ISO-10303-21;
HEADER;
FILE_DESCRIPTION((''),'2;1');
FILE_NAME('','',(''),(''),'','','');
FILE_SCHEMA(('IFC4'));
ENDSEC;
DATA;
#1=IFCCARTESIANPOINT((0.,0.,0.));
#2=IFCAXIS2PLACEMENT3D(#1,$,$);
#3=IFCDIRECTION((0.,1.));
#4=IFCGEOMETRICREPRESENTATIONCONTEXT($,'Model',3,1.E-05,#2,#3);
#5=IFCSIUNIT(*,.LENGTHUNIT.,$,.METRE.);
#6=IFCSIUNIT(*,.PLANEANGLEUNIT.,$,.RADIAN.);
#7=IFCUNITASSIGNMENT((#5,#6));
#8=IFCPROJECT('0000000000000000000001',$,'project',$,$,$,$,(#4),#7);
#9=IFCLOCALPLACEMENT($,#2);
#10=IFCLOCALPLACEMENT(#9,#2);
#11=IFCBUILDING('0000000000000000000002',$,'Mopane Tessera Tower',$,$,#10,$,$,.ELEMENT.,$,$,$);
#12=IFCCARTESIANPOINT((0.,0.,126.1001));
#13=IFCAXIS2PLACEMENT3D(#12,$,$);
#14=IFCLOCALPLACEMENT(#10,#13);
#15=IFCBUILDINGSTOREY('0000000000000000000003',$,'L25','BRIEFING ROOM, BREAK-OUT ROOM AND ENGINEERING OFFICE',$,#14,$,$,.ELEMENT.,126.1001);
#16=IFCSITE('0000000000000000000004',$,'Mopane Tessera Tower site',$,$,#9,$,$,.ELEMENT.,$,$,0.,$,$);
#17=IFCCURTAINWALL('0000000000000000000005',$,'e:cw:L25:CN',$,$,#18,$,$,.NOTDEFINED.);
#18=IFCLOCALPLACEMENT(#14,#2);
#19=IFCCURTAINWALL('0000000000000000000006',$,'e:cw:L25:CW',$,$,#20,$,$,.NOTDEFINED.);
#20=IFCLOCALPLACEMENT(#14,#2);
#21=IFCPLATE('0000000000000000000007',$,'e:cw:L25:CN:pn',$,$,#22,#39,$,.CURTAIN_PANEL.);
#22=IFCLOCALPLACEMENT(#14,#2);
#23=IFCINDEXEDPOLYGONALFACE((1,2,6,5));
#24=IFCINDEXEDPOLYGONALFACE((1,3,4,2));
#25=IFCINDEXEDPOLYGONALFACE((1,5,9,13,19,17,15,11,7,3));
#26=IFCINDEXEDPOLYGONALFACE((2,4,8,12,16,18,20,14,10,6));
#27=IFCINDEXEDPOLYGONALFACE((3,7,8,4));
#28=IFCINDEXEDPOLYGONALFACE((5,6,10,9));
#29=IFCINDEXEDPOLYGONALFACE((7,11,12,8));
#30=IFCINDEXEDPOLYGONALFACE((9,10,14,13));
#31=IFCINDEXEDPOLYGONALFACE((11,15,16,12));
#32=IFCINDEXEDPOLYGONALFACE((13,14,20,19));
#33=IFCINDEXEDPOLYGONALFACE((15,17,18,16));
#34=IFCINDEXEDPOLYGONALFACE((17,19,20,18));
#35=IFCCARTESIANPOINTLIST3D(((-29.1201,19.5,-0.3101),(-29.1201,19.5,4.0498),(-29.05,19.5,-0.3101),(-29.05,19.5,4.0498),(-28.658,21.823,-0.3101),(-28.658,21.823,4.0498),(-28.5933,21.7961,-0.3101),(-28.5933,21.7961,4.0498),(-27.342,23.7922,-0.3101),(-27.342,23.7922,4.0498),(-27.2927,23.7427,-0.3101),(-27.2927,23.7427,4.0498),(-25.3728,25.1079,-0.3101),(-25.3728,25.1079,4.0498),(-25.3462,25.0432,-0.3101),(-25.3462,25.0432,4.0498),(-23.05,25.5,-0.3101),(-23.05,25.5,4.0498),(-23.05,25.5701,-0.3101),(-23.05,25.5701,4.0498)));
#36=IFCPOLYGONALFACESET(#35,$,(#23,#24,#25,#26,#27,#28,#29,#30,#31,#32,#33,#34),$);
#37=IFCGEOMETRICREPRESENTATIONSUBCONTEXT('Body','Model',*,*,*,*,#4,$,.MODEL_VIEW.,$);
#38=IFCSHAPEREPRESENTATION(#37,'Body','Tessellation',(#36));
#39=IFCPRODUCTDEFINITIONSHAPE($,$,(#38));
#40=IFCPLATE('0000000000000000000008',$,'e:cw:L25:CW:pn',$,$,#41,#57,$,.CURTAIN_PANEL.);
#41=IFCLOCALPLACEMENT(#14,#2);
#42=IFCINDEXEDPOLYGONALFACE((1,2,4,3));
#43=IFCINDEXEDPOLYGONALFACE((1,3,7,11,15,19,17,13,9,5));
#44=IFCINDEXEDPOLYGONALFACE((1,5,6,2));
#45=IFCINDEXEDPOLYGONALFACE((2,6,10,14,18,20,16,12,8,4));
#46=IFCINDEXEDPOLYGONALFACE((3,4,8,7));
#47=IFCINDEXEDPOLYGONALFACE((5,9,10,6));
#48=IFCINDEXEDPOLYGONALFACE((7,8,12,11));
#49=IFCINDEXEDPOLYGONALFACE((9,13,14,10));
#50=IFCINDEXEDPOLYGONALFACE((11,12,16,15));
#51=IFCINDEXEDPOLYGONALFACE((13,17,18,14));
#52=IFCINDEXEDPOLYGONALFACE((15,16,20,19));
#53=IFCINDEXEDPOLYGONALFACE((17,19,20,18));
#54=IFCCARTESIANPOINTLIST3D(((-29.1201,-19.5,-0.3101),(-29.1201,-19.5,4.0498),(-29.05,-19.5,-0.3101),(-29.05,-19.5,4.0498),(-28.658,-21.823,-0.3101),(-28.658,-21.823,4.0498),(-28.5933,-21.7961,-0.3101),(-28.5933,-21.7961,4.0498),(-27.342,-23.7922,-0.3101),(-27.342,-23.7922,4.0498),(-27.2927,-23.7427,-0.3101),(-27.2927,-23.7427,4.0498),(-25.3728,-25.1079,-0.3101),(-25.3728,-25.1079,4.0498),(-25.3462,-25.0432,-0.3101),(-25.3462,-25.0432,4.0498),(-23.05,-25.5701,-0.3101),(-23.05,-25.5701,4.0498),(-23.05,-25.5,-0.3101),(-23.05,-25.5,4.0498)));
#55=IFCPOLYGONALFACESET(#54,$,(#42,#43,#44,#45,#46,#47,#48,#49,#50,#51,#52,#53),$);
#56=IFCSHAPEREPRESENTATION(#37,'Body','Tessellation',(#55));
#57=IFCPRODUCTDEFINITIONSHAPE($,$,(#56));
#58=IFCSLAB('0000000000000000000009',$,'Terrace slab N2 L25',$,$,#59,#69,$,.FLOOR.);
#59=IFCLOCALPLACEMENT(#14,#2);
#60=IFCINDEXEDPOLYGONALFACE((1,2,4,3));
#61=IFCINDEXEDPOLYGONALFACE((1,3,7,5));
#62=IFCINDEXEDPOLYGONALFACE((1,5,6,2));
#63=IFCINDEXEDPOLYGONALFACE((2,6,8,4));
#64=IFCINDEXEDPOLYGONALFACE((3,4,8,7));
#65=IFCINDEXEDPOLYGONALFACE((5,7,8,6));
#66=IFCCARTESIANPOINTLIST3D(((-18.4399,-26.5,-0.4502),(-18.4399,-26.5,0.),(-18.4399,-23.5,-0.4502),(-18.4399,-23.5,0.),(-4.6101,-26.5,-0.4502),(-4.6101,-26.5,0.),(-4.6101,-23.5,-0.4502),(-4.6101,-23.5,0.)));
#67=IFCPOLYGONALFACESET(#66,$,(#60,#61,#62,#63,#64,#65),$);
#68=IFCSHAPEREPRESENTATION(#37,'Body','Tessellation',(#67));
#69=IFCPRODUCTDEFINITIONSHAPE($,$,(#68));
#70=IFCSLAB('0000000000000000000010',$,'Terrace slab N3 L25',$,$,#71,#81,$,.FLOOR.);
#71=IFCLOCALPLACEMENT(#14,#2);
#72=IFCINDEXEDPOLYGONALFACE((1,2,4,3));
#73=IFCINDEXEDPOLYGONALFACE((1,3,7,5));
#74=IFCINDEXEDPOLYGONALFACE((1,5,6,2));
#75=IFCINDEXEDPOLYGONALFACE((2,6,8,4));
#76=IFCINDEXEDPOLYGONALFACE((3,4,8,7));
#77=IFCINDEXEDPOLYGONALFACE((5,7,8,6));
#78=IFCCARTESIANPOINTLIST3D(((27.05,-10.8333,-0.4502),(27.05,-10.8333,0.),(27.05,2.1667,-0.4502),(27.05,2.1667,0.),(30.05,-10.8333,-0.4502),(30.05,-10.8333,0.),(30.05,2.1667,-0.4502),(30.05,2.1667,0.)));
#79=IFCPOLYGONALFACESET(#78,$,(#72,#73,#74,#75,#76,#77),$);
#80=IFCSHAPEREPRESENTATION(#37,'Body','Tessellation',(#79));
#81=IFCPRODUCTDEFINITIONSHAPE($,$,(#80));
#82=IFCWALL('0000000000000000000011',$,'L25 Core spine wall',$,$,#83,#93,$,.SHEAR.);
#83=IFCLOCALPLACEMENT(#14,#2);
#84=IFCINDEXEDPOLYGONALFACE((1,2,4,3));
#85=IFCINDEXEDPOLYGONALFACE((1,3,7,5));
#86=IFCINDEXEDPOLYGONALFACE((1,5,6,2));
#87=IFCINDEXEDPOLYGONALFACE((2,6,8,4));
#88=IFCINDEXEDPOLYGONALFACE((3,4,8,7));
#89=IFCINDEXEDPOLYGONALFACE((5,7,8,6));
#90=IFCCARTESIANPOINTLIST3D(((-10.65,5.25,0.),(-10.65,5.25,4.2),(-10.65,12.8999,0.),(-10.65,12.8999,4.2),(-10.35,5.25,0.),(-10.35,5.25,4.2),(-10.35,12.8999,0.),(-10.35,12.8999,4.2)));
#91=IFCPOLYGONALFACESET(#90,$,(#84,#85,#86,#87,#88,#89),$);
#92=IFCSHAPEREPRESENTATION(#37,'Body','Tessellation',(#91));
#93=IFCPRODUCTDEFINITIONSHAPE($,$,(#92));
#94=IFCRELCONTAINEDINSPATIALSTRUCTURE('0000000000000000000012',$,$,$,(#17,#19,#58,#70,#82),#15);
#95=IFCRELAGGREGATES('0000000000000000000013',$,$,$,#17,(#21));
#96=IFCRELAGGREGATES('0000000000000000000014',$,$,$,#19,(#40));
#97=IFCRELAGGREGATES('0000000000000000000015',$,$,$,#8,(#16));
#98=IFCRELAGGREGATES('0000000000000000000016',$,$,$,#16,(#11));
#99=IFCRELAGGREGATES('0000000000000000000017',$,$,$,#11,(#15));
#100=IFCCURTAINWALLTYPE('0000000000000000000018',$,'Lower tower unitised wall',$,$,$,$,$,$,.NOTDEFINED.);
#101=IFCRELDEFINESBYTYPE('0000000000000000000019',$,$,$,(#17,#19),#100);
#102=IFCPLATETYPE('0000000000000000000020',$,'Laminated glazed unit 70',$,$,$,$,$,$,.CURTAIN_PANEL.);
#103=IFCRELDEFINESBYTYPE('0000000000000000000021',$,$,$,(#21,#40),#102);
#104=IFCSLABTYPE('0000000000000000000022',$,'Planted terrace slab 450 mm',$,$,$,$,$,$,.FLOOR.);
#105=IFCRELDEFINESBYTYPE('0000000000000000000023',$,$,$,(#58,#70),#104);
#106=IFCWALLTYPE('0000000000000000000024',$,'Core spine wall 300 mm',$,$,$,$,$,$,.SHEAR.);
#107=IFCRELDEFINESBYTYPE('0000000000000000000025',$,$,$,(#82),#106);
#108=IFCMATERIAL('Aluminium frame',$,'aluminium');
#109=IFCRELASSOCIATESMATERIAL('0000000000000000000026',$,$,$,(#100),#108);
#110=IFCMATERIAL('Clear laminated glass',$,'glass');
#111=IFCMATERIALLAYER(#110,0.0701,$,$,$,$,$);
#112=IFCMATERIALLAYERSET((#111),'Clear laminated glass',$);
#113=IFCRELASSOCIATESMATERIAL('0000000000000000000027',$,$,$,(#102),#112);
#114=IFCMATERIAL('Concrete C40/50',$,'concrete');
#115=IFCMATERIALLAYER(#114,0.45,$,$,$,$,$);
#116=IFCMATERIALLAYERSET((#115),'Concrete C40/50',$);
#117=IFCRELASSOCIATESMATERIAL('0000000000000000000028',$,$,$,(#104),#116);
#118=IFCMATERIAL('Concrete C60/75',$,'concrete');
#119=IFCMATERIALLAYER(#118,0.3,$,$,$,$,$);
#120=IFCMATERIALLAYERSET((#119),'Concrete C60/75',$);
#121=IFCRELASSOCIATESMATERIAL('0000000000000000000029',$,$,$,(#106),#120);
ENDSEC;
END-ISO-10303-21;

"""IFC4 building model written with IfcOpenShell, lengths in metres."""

from ifc_helpers import new_model, si_unit, direction, frame, frame_2d, origin, place, context, subcontext, project, spatial, polyline, rectangle, outline, extrude, material, layer, layer_set, type_object, element, aggregate, save


model = new_model("IFC4")

# Units and contexts
model_context = context("Model", 3, precision=1e-05, world=origin(), true_north=direction((0.0, 1.0)))
body_context = subcontext(model_context, "Body", "Model", "MODEL_VIEW")
ifc_project = project(units=[si_unit("LENGTHUNIT", "METRE"), si_unit("PLANEANGLEUNIT", "RADIAN")], contexts=[model_context])

# Site, building, storey
site_placement = place(None, origin())
site = spatial("IfcSite", under=ifc_project, at=site_placement, Name="Mopane Tessera Tower site", CompositionType="ELEMENT", RefElevation=0.0)
building_placement = place(site_placement, origin())
building = spatial("IfcBuilding", under=site, at=building_placement, Name="Mopane Tessera Tower", CompositionType="ELEMENT")
storey_placement = place(building_placement, frame((0.0, 0.0, 126.1001)))
storey = spatial("IfcBuildingStorey", under=building, at=storey_placement, Name="L25", Description="BRIEFING ROOM, BREAK-OUT ROOM AND ENGINEERING OFFICE", CompositionType="ELEMENT", Elevation=126.1001)

# Curtain walls
ifc_material_1 = material(Name="Aluminium frame", Category="aluminium")
curtain_wall_type = type_object("IfcCurtainWallType", Name="Lower tower unitised wall", PredefinedType="NOTDEFINED", material=ifc_material_1)
curtain_wall_1_placement = place(storey_placement, origin())
curtain_wall_1 = element("IfcCurtainWall", 1, at=curtain_wall_1_placement, inside=storey, type_object=curtain_wall_type, Name="e:cw:L25:CN", PredefinedType="NOTDEFINED")
curtain_wall_2_placement = place(storey_placement, origin())
curtain_wall_2 = element("IfcCurtainWall", 2, at=curtain_wall_2_placement, inside=storey, type_object=curtain_wall_type, Name="e:cw:L25:CW", PredefinedType="NOTDEFINED")

# Plates
ifc_material_2 = material(Name="Clear laminated glass", Category="glass")
ifc_layer_1 = layer(ifc_material_2, 0.0701)
ifc_layer_set_1 = layer_set([ifc_layer_1], Name="Clear laminated glass")
plate_type = type_object("IfcPlateType", Name="Laminated glazed unit 70", PredefinedType="CURTAIN_PANEL", material=ifc_layer_set_1)
plate_1_placement = place(storey_placement, frame((0.0, 0.0, -0.3101)))
plate_1 = element("IfcPlate", 3, at=plate_1_placement, type_object=plate_type, Name="e:cw:L25:CN:pn", PredefinedType="CURTAIN_PANEL", context=body_context, shape_type="SweptSolid", body=[
    extrude(outline(polyline([(-23.05, 25.5), (-25.3462, 25.0432), (-27.2927, 23.7427), (-28.5933, 21.7961), (-29.05, 19.5), (-29.1201, 19.5), (-28.658, 21.823), (-27.342, 23.7922), (-25.3728, 25.1079), (-23.05, 25.5701), (-23.05, 25.5)])), origin(), (0.0, 0.0, 1.0), 4.3599),
])
aggregate(curtain_wall_1, [plate_1])
plate_2_placement = place(storey_placement, frame((0.0, 0.0, -0.3101)))
plate_2 = element("IfcPlate", 4, at=plate_2_placement, type_object=plate_type, Name="e:cw:L25:CW:pn", PredefinedType="CURTAIN_PANEL", context=body_context, shape_type="SweptSolid", body=[
    extrude(outline(polyline([(-29.05, -19.5), (-28.5933, -21.7961), (-27.2927, -23.7427), (-25.3462, -25.0432), (-23.05, -25.5), (-23.05, -25.5701), (-25.3728, -25.1079), (-27.342, -23.7922), (-28.658, -21.823), (-29.1201, -19.5), (-29.05, -19.5)])), origin(), (0.0, 0.0, 1.0), 4.3599),
])
aggregate(curtain_wall_2, [plate_2])

# Slabs
ifc_material_3 = material(Name="Concrete C40/50", Category="concrete")
ifc_layer_2 = layer(ifc_material_3, 0.45)
ifc_layer_set_2 = layer_set([ifc_layer_2], Name="Concrete C40/50")
slab_type_1 = type_object("IfcSlabType", Name="Planted terrace slab 450 mm", PredefinedType="FLOOR", material=ifc_layer_set_2)
slab_1_placement = place(storey_placement, frame((0.0, 0.0, -0.4502)))
element("IfcSlab", 5, at=slab_1_placement, inside=storey, type_object=slab_type_1, Name="Terrace slab N2 L25", PredefinedType="FLOOR", context=body_context, shape_type="SweptSolid", body=[
    extrude(outline(polyline([(-4.6101, -26.5), (-4.6101, -23.5), (-18.4399, -23.5), (-18.4399, -26.5), (-4.6101, -26.5)])), origin(), (0.0, 0.0, 1.0), 0.4502),
])
slab_2_placement = place(storey_placement, frame((0.0, 0.0, -0.4502)))
element("IfcSlab", 6, at=slab_2_placement, inside=storey, type_object=slab_type_1, Name="Terrace slab N3 L25", PredefinedType="FLOOR", context=body_context, shape_type="SweptSolid", body=[
    extrude(outline(polyline([(30.05, 2.1667), (27.05, 2.1667), (27.05, -10.8333), (30.05, -10.8333), (30.05, 2.1667)])), origin(), (0.0, 0.0, 1.0), 0.4502),
])

# Wall
ifc_material_4 = material(Name="Concrete C60/75", Category="concrete")
ifc_layer_3 = layer(ifc_material_4, 0.3)
ifc_layer_set_3 = layer_set([ifc_layer_3], Name="Concrete C60/75")
wall_type_1 = type_object("IfcWallType", Name="Core spine wall 300 mm", PredefinedType="SHEAR", material=ifc_layer_set_3)
wall_1_placement = place(storey_placement, frame((-10.5, 5.25, 0.0), z_axis=(0.0, 0.0, 1.0), x_axis=(0.0, 1.0, 0.0)))
element("IfcWall", 7, at=wall_1_placement, inside=storey, type_object=wall_type_1, Name="L25 Core spine wall", PredefinedType="SHEAR", context=body_context, shape_type="SweptSolid", body=[
    extrude(rectangle(XDim=7.6499, YDim=0.3, at=frame_2d((3.825, 0.0))), origin(), (0.0, 0.0, 1.0), 4.2),
])

save(model, "model.ifc")
